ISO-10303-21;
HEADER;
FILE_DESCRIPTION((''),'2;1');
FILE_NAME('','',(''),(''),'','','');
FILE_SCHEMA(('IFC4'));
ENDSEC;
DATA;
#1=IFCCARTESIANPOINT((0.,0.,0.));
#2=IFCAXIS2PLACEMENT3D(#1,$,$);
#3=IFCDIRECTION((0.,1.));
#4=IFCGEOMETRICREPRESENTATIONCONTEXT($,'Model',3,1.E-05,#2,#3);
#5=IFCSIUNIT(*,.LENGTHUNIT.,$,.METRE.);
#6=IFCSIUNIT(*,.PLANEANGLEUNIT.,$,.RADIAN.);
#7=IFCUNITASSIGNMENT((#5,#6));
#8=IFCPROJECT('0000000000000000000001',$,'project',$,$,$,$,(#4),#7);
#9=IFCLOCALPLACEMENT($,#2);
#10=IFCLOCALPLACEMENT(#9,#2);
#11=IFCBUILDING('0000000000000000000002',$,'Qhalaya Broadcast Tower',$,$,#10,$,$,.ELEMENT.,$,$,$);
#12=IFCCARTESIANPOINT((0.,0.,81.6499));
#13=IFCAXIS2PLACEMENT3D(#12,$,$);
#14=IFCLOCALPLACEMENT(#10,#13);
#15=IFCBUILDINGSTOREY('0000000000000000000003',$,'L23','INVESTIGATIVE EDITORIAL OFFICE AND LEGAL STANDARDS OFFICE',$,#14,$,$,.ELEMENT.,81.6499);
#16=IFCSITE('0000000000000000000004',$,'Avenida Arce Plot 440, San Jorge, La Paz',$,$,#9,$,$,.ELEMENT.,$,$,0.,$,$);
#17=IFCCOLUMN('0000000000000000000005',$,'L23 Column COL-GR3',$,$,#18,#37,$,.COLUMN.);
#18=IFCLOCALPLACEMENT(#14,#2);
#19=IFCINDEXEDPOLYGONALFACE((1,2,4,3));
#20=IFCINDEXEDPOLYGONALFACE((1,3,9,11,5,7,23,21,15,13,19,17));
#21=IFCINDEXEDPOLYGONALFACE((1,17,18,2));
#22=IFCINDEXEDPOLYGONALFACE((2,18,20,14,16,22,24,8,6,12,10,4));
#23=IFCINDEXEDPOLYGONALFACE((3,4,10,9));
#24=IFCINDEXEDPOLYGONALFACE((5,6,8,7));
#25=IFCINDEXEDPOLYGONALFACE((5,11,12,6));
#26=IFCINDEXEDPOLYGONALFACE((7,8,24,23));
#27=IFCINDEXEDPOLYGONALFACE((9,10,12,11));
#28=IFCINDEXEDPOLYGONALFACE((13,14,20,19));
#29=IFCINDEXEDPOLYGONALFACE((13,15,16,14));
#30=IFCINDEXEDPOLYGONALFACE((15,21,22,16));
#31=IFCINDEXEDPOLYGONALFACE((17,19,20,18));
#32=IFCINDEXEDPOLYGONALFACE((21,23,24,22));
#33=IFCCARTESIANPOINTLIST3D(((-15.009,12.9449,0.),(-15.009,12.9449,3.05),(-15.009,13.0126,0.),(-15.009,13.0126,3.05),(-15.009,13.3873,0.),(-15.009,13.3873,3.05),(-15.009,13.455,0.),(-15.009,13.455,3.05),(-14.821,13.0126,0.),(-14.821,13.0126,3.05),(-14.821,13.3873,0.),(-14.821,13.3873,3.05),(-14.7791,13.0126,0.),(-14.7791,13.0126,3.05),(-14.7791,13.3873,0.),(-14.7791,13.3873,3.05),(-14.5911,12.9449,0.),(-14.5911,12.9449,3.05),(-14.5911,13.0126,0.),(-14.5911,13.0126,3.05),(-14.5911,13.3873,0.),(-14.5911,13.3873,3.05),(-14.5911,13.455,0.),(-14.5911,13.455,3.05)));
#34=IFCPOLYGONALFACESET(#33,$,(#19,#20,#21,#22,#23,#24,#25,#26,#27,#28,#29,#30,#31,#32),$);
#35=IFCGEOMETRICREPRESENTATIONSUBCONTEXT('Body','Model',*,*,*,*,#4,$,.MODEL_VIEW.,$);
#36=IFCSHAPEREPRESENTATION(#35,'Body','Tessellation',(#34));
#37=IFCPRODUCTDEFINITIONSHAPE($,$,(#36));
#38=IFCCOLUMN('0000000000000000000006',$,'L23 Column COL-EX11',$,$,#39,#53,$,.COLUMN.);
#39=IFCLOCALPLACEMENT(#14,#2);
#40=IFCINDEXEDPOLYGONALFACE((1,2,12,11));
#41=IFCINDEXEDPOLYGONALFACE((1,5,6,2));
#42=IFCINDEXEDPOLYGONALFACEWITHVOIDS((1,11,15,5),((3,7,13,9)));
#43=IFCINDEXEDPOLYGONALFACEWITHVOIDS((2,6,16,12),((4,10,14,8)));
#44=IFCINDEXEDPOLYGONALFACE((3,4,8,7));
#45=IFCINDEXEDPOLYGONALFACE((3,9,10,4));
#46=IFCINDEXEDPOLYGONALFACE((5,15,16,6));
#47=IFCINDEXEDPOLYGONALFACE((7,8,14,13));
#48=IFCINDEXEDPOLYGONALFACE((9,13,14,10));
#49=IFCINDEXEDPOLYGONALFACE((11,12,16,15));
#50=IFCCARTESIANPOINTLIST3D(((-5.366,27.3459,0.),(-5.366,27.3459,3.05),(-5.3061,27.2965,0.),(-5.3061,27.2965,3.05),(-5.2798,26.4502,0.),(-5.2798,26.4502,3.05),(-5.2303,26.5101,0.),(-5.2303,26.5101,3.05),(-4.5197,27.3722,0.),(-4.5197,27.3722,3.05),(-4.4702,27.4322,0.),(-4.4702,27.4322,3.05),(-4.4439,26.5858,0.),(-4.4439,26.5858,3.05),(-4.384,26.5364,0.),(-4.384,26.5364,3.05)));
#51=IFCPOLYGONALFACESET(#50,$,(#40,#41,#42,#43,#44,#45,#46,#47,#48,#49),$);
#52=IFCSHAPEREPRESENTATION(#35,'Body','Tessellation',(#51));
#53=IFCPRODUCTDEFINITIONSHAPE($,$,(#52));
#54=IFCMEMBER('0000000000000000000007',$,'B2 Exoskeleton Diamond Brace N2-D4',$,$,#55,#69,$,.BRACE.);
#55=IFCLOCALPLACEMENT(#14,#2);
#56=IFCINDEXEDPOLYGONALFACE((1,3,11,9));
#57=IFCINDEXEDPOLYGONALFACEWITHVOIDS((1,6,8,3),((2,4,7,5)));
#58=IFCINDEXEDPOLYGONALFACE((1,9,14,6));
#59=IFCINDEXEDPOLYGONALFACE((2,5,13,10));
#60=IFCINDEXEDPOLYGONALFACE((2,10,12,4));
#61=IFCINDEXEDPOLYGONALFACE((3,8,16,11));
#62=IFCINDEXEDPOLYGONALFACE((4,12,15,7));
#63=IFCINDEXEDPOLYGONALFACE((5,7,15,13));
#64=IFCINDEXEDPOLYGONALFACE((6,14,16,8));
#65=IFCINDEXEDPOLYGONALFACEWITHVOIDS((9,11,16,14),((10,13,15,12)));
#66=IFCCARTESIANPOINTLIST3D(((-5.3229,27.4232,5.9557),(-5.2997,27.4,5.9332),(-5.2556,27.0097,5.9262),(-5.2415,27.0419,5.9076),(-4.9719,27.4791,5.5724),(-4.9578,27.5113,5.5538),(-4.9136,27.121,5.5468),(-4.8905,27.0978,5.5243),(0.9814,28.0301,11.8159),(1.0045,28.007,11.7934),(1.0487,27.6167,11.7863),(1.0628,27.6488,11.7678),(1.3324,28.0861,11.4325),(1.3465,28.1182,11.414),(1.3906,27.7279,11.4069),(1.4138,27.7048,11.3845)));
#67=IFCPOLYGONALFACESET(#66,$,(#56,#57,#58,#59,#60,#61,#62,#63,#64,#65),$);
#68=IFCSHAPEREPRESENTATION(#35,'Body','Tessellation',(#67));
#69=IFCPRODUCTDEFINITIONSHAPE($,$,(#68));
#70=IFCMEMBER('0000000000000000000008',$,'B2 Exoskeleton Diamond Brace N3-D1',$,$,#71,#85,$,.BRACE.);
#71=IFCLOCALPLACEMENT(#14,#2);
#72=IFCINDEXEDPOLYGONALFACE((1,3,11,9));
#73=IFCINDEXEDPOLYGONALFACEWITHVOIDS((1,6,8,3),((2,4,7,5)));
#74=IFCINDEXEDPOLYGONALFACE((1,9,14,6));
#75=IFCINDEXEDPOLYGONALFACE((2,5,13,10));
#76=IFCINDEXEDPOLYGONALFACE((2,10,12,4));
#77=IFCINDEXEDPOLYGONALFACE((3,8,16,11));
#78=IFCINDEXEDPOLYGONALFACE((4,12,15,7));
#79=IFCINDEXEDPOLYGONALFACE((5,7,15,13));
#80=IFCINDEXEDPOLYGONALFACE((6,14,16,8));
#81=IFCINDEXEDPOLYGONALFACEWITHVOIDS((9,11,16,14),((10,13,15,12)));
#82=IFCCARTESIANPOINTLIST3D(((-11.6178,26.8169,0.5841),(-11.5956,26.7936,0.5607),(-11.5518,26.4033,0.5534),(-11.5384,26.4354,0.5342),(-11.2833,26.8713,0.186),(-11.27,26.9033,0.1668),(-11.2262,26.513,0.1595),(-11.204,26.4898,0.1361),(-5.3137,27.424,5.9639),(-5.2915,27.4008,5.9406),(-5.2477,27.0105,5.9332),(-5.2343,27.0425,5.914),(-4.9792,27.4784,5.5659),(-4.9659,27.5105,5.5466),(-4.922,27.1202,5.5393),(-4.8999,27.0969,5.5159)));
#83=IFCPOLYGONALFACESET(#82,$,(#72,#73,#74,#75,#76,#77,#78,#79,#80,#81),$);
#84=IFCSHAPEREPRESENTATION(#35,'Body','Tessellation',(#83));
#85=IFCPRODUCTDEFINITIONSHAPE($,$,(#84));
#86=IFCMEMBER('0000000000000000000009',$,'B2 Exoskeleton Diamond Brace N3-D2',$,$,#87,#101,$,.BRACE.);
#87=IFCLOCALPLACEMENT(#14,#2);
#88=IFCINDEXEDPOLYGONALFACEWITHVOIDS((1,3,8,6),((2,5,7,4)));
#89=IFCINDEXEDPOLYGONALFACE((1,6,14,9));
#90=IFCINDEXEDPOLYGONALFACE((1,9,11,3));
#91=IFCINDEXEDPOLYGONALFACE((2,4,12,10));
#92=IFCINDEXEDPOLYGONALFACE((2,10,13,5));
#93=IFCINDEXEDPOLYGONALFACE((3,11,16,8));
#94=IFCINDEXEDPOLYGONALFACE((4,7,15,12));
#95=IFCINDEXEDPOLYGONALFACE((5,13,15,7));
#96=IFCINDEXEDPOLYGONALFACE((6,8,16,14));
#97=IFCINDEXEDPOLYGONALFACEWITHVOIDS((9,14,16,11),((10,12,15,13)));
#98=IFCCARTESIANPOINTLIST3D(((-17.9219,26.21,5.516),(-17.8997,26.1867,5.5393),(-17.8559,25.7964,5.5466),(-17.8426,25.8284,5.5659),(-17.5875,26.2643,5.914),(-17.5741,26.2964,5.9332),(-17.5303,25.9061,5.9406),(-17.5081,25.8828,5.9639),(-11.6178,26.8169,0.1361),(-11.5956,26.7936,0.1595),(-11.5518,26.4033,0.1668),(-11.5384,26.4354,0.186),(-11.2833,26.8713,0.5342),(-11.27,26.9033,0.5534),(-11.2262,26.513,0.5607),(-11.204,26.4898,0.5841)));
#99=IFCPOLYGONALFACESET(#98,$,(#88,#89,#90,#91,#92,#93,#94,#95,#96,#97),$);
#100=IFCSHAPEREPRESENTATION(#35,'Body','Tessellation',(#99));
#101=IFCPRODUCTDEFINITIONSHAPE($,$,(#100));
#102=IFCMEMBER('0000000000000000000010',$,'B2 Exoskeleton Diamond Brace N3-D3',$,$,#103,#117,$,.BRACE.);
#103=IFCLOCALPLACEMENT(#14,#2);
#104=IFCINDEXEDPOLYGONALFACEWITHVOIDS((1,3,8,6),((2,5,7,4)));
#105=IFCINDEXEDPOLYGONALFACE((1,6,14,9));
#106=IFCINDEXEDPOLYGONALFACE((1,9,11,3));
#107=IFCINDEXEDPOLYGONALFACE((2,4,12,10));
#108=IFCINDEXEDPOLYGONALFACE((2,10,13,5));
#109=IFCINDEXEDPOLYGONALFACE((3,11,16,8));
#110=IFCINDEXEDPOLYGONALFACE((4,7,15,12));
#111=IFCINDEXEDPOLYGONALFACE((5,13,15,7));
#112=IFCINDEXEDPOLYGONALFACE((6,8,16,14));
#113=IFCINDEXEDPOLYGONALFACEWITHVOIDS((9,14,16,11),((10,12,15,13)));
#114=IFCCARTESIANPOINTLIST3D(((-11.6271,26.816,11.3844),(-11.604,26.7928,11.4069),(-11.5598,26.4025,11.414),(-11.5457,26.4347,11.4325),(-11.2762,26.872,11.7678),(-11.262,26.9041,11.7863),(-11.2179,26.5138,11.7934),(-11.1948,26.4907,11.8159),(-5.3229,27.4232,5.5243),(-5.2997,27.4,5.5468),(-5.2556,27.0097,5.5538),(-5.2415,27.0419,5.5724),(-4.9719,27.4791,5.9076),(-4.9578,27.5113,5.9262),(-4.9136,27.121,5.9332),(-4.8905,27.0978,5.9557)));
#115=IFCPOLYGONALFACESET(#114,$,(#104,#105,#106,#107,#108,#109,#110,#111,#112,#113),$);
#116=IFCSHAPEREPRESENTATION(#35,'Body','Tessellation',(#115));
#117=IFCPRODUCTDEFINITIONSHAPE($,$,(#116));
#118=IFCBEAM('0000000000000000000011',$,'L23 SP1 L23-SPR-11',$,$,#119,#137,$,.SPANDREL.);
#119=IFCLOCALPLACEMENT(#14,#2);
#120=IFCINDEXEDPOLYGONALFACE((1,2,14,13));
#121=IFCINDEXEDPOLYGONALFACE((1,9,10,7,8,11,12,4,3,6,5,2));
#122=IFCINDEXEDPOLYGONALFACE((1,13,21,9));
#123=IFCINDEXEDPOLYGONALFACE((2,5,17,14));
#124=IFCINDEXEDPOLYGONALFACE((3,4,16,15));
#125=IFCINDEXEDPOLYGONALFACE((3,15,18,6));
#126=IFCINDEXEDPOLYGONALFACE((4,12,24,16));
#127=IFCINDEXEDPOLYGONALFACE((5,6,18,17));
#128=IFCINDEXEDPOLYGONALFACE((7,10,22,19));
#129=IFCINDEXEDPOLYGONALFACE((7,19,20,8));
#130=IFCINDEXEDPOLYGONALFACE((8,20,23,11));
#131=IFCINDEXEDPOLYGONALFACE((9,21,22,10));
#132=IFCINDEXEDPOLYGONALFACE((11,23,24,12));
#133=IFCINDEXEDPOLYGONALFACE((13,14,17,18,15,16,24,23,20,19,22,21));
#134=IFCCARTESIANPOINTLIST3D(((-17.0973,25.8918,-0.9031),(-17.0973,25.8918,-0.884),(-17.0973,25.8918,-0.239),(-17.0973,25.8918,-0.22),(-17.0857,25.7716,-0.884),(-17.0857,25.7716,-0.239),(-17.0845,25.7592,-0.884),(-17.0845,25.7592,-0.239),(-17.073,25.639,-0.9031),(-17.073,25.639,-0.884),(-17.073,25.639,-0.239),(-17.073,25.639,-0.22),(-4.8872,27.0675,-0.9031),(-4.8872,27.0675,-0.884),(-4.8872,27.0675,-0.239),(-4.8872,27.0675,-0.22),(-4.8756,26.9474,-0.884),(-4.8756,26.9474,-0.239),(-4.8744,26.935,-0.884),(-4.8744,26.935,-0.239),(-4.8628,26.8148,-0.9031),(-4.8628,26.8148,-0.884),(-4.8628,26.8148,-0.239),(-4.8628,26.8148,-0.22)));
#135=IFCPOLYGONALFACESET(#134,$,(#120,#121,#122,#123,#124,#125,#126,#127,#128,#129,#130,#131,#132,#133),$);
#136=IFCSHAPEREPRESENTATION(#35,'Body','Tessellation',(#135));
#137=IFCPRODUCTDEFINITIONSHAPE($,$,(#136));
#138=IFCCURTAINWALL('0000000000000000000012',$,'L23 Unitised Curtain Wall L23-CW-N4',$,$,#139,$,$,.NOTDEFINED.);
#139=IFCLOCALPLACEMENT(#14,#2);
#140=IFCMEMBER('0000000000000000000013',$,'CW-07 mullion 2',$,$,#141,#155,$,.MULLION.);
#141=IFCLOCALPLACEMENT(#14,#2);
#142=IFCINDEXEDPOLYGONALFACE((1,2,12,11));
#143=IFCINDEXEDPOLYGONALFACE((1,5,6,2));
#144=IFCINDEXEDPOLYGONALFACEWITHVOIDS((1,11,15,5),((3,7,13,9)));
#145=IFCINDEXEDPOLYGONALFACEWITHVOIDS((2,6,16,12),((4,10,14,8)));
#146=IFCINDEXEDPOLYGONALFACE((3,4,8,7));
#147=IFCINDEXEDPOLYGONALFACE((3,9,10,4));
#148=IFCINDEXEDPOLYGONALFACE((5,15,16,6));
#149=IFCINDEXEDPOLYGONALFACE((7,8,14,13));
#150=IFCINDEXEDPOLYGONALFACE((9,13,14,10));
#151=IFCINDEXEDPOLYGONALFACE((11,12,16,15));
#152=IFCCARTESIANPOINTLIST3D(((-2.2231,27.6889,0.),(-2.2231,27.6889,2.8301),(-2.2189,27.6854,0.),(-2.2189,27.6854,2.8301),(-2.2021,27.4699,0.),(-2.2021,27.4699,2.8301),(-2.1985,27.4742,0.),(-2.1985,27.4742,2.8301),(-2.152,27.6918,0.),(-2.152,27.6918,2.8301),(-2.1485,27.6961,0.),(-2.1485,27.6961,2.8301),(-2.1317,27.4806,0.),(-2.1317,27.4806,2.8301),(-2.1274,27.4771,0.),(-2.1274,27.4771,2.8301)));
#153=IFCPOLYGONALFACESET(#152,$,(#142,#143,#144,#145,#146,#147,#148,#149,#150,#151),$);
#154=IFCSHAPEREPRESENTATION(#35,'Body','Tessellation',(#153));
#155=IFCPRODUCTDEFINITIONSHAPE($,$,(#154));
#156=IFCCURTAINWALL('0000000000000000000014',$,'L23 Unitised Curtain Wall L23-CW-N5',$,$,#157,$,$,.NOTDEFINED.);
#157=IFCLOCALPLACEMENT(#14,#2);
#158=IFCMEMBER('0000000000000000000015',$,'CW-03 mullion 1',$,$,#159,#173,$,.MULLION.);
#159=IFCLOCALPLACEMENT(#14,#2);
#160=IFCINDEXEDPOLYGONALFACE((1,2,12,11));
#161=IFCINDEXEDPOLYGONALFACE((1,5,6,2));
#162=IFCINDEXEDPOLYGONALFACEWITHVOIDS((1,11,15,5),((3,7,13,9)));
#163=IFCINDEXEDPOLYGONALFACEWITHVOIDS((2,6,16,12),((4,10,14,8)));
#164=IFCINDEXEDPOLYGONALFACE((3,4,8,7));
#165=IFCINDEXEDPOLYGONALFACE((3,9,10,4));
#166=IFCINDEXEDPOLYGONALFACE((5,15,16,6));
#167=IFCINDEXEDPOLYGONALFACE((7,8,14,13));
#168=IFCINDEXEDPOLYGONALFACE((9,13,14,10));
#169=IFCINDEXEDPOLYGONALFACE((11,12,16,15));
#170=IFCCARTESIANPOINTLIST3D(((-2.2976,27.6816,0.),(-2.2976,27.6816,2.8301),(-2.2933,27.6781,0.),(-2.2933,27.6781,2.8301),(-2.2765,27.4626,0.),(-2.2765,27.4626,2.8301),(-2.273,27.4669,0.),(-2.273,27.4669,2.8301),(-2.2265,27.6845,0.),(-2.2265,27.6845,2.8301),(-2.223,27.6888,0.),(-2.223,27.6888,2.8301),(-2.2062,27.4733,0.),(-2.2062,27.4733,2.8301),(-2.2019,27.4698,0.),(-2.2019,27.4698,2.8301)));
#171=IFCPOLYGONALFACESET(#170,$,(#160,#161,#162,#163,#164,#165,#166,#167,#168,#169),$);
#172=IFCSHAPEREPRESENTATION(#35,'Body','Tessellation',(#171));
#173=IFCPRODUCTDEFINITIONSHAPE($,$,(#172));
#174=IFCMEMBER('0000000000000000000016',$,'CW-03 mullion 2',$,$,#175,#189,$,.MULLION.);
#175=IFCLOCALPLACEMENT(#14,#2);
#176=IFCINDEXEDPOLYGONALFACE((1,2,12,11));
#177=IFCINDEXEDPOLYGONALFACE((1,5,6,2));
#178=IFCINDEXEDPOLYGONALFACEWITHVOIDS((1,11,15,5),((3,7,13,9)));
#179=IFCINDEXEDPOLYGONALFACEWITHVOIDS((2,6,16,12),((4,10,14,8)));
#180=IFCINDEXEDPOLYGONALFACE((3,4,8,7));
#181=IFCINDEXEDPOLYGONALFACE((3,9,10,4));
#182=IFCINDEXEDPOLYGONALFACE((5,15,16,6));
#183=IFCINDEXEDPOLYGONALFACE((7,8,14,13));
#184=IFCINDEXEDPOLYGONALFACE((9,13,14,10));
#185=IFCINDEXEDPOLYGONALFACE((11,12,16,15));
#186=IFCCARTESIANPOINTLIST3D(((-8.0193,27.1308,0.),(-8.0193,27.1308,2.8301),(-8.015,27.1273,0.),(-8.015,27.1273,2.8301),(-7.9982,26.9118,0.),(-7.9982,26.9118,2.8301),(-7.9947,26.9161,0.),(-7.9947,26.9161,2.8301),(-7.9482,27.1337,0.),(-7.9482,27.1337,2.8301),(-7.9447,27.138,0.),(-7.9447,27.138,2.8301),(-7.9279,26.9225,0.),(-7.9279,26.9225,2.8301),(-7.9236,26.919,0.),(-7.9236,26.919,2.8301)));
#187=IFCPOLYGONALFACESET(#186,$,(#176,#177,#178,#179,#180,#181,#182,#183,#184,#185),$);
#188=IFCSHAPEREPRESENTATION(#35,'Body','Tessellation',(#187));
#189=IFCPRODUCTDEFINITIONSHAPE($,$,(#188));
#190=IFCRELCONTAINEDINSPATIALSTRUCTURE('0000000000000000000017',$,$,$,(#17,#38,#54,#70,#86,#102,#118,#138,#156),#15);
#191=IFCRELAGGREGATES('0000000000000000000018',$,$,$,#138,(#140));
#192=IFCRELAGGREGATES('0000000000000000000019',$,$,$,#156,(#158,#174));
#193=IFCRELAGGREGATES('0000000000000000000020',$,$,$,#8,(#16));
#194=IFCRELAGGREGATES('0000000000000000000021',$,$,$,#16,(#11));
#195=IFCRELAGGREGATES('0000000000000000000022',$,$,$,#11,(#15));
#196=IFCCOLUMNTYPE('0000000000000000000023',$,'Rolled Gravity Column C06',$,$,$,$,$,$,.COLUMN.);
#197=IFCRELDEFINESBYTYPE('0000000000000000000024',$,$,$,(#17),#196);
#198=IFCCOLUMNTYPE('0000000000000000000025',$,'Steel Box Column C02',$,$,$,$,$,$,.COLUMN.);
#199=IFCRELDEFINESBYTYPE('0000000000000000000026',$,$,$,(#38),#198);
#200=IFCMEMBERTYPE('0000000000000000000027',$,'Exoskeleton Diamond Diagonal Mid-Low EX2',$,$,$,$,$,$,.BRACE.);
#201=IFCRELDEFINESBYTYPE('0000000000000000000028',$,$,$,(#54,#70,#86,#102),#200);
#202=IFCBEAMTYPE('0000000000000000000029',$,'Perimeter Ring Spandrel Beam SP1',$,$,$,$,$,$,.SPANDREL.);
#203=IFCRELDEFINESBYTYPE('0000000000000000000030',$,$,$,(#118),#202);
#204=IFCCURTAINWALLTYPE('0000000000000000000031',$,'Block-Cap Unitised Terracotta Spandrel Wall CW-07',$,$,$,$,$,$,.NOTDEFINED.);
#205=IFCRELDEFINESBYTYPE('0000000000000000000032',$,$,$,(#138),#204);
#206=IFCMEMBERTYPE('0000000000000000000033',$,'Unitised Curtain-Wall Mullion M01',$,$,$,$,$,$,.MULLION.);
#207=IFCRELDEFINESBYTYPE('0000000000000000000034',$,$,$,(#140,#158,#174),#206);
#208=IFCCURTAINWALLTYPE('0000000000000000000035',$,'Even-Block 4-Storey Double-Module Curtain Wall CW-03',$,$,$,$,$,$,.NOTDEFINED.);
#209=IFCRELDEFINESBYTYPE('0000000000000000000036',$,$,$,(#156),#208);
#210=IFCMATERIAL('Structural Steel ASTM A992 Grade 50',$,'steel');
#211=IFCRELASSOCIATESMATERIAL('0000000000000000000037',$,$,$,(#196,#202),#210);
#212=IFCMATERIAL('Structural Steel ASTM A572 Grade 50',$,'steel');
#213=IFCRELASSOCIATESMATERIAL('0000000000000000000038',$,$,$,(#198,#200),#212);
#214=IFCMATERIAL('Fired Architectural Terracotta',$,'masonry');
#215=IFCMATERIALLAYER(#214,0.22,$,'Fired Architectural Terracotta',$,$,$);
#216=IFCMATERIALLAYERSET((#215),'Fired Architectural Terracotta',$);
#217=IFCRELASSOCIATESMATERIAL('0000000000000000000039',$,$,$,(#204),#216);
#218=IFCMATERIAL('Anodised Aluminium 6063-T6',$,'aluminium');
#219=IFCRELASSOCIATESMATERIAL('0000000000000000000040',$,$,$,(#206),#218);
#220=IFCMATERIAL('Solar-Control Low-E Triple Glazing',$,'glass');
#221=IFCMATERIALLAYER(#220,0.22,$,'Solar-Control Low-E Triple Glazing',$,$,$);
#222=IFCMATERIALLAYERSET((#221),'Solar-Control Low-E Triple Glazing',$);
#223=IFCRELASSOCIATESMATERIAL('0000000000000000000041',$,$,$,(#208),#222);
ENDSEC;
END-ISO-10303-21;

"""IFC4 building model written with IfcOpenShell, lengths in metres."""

from ifc_helpers import new_model, si_unit, direction, frame, origin, origin_2d, place, context, subcontext, project, spatial, hollow_rectangle, i_section, extrude, material, layer, layer_set, material_profile, profile_set, type_object, element, aggregate, save


model = new_model("IFC4")

# Units and contexts
model_context = context("Model", 3, precision=1e-05, world=origin(), true_north=direction((0.0, 1.0)))
body_context = subcontext(model_context, "Body", "Model", "MODEL_VIEW")
ifc_project = project(units=[si_unit("LENGTHUNIT", "METRE"), si_unit("PLANEANGLEUNIT", "RADIAN")], contexts=[model_context])

# Site, building, storey
site_placement = place(None, origin())
site = spatial("IfcSite", under=ifc_project, at=site_placement, Name="Avenida Arce Plot 440, San Jorge, La Paz", CompositionType="ELEMENT", RefElevation=0.0)
building_placement = place(site_placement, origin())
building = spatial("IfcBuilding", under=site, at=building_placement, Name="Qhalaya Broadcast Tower", CompositionType="ELEMENT")
storey_placement = place(building_placement, frame((0.0, 0.0, 81.6499)))
storey = spatial("IfcBuildingStorey", under=building, at=storey_placement, Name="L23", Description="INVESTIGATIVE EDITORIAL OFFICE AND LEGAL STANDARDS OFFICE", CompositionType="ELEMENT", Elevation=81.6499)

# Columns
ifc_material_1 = material(Name="Structural Steel ASTM A992 Grade 50", Category="steel")
ifc_material_profile_1 = material_profile(ifc_material_1, i_section(OverallWidth=0.418, OverallDepth=0.51, WebThickness=0.042, FlangeThickness=0.0676, at=origin_2d()), Name="W14X370")
ifc_profile_set_1 = profile_set([ifc_material_profile_1], Name="Structural Steel ASTM A992 Grade 50")
column_type_1 = type_object("IfcColumnType", Name="Rolled Gravity Column C06", PredefinedType="COLUMN", material=ifc_profile_set_1)
column_1_placement = place(storey_placement, frame((-14.8, 13.2, 0.0), z_axis=(0.0, 0.0, 1.0), x_axis=(1.0, 0.0, 0.0)))
element("IfcColumn", 1, at=column_1_placement, inside=storey, type_object=column_type_1, Name="L23 Column COL-GR3", PredefinedType="COLUMN", context=body_context, shape_type="SweptSolid", body=[
    extrude(i_section(OverallWidth=0.418, OverallDepth=0.51, WebThickness=0.042, FlangeThickness=0.0676, at=origin_2d()), origin(), (0.0, 0.0, 1.0), 3.05),
])
ifc_material_2 = material(Name="Structural Steel ASTM A572 Grade 50", Category="steel")
ifc_material_profile_2 = material_profile(ifc_material_2, hollow_rectangle(XDim=0.8999, YDim=0.8999, WallThickness=0.0549, at=origin_2d()), Name="BOX 900x900x55")
ifc_profile_set_2 = profile_set([ifc_material_profile_2], Name="Structural Steel ASTM A572 Grade 50")
column_type_2 = type_object("IfcColumnType", Name="Steel Box Column C02", PredefinedType="COLUMN", material=ifc_profile_set_2)
column_2_placement = place(storey_placement, frame((-4.875, 26.9412, 0.0), z_axis=(0.0, 0.0, 1.0), x_axis=(0.995396, 0.095846, 0.0)))
element("IfcColumn", 2, at=column_2_placement, inside=storey, type_object=column_type_2, Name="L23 Column COL-EX11", PredefinedType="COLUMN", context=body_context, shape_type="SweptSolid", body=[
    extrude(hollow_rectangle(XDim=0.8999, YDim=0.8999, WallThickness=0.0549, at=origin_2d()), origin(), (0.0, 0.0, 1.0), 3.05),
])

# Members
ifc_material_profile_3 = material_profile(ifc_material_2, hollow_rectangle(XDim=0.4199, YDim=0.55, WallThickness=0.0281, at=origin_2d()), Name="BOX 420x550x28")
ifc_profile_set_3 = profile_set([ifc_material_profile_3], Name="Structural Steel ASTM A572 Grade 50")
member_type_1 = type_object("IfcMemberType", Name="Exoskeleton Diamond Diagonal Mid-Low EX2", PredefinedType="BRACE", material=ifc_profile_set_3)
member_1_placement = place(storey_placement, frame((-5.1067, 27.2605, 5.74), z_axis=(0.73062, 0.07034, 0.679152), x_axis=(-0.160184, 0.984577, 0.070351)))
element("IfcMember", 3, at=member_1_placement, inside=storey, type_object=member_type_1, Name="B2 Exoskeleton Diamond Brace N2-D4", PredefinedType="BRACE", context=body_context, shape_type="SweptSolid", body=[
    extrude(hollow_rectangle(XDim=0.4199, YDim=0.55, WallThickness=0.0281, at=origin_2d()), origin(), (0.0, 0.0, 1.0), 8.6287),
])
for number, where, z_axis, x_axis, name in (
    (4, (-11.4109, 26.6533, 0.3601), (0.758636, 0.073067, 0.647405), (-0.157193, 0.984862, 0.073048), "B2 Exoskeleton Diamond Brace N3-D1"),
    (5, (-11.4109, 26.6533, 0.3601), (-0.758637, -0.073037, 0.647406), (0.157156, -0.984869, 0.073048), "B2 Exoskeleton Diamond Brace N3-D2"),
):
    element("IfcMember", number, at=place(storey_placement, frame(where, z_axis=z_axis, x_axis=x_axis)), inside=storey, type_object=member_type_1, Name=name, PredefinedType="BRACE", context=body_context, shape_type="SweptSolid", body=[
        extrude(hollow_rectangle(XDim=0.4199, YDim=0.55, WallThickness=0.0281, at=origin_2d()), origin(), (0.0, 0.0, 1.0), 8.3098),
    ])
member_2_placement = place(storey_placement, frame((-5.1067, 27.2605, 5.74), z_axis=(-0.730618, -0.070368, 0.679151), x_axis=(0.160222, -0.984571, 0.070351)))
element("IfcMember", 6, at=member_2_placement, inside=storey, type_object=member_type_1, Name="B2 Exoskeleton Diamond Brace N3-D3", PredefinedType="BRACE", context=body_context, shape_type="SweptSolid", body=[
    extrude(hollow_rectangle(XDim=0.4199, YDim=0.55, WallThickness=0.0281, at=origin_2d()), origin(), (0.0, 0.0, 1.0), 8.6287),
])

# Beam
ifc_material_profile_4 = material_profile(ifc_material_1, i_section(OverallWidth=0.2539, OverallDepth=0.6831, WebThickness=0.0125, FlangeThickness=0.019, at=origin_2d()), Name="W27X94")
ifc_profile_set_4 = profile_set([ifc_material_profile_4], Name="Structural Steel ASTM A992 Grade 50")
beam_type = type_object("IfcBeamType", Name="Perimeter Ring Spandrel Beam SP1", PredefinedType="SPANDREL", material=ifc_profile_set_4)
beam_placement = place(storey_placement, frame((-4.875, 26.9412, -0.5615), z_axis=(-0.995396, -0.095852, 0.0), x_axis=(0.095852, -0.995396, 0.0)))
element("IfcBeam", 7, at=beam_placement, inside=storey, type_object=beam_type, Name="L23 SP1 L23-SPR-11", PredefinedType="SPANDREL", context=body_context, shape_type="SweptSolid", body=[
    extrude(i_section(OverallWidth=0.2539, OverallDepth=0.6831, WebThickness=0.0125, FlangeThickness=0.019, at=origin_2d()), origin(), (0.0, 0.0, 1.0), 12.2666),
])

# Curtain wall, member
ifc_material_3 = material(Name="Fired Architectural Terracotta", Category="masonry")
ifc_layer_1 = layer(ifc_material_3, 0.22, Name="Fired Architectural Terracotta")
ifc_layer_set_1 = layer_set([ifc_layer_1], Name="Fired Architectural Terracotta")
curtain_wall_type_1 = type_object("IfcCurtainWallType", Name="Block-Cap Unitised Terracotta Spandrel Wall CW-07", PredefinedType="NOTDEFINED", material=ifc_layer_set_1)
curtain_wall_1_placement = place(storey_placement, origin())
curtain_wall_1 = element("IfcCurtainWall", 8, at=curtain_wall_1_placement, inside=storey, type_object=curtain_wall_type_1, Name="L23 Unitised Curtain Wall L23-CW-N4", PredefinedType="NOTDEFINED")
ifc_material_4 = material(Name="Anodised Aluminium 6063-T6", Category="aluminium")
ifc_material_profile_5 = material_profile(ifc_material_4, hollow_rectangle(XDim=0.075, YDim=0.22, WallThickness=0.0039, at=origin_2d()), Name="ALU-MUL 75x220x4")
ifc_profile_set_5 = profile_set([ifc_material_profile_5], Name="Anodised Aluminium 6063-T6")
member_type_2 = type_object("IfcMemberType", Name="Unitised Curtain-Wall Mullion M01", PredefinedType="MULLION", material=ifc_profile_set_5)
member_3_placement = place(storey_placement, frame((-2.1753, 27.583, 0.0), z_axis=(0.0, 0.0, 1.0), x_axis=(-0.995396, -0.09585, 0.0)))
member_3 = element("IfcMember", 9, at=member_3_placement, type_object=member_type_2, Name="CW-07 mullion 2", PredefinedType="MULLION", context=body_context, shape_type="SweptSolid", body=[
    extrude(hollow_rectangle(XDim=0.075, YDim=0.22, WallThickness=0.0039, at=origin_2d()), origin(), (0.0, 0.0, 1.0), 2.8301),
])

# Curtain wall, members
ifc_material_5 = material(Name="Solar-Control Low-E Triple Glazing", Category="glass")
ifc_layer_2 = layer(ifc_material_5, 0.22, Name="Solar-Control Low-E Triple Glazing")
ifc_layer_set_2 = layer_set([ifc_layer_2], Name="Solar-Control Low-E Triple Glazing")
curtain_wall_type_2 = type_object("IfcCurtainWallType", Name="Even-Block 4-Storey Double-Module Curtain Wall CW-03", PredefinedType="NOTDEFINED", material=ifc_layer_set_2)
curtain_wall_2_placement = place(storey_placement, origin())
curtain_wall_2 = element("IfcCurtainWall", 10, at=curtain_wall_2_placement, inside=storey, type_object=curtain_wall_type_2, Name="L23 Unitised Curtain Wall L23-CW-N5", PredefinedType="NOTDEFINED")
member_4_placement = place(storey_placement, frame((-2.2498, 27.5757, 0.0), z_axis=(0.0, 0.0, 1.0), x_axis=(-0.995396, -0.095844, 0.0)))
member_4 = element("IfcMember", 11, at=member_4_placement, type_object=member_type_2, Name="CW-03 mullion 1", PredefinedType="MULLION", context=body_context, shape_type="SweptSolid", body=[
    extrude(hollow_rectangle(XDim=0.075, YDim=0.22, WallThickness=0.0039, at=origin_2d()), origin(), (0.0, 0.0, 1.0), 2.8301),
])
member_5_placement = place(storey_placement, frame((-7.9714, 27.0249, 0.0), z_axis=(0.0, 0.0, 1.0), x_axis=(-0.995396, -0.095844, 0.0)))
member_5 = element("IfcMember", 12, at=member_5_placement, type_object=member_type_2, Name="CW-03 mullion 2", PredefinedType="MULLION", context=body_context, shape_type="SweptSolid", body=[
    extrude(hollow_rectangle(XDim=0.075, YDim=0.22, WallThickness=0.0039, at=origin_2d()), origin(), (0.0, 0.0, 1.0), 2.8301),
])

aggregate(curtain_wall_1, [member_3])
aggregate(curtain_wall_2, [member_4, member_5])

save(model, "model.ifc")
